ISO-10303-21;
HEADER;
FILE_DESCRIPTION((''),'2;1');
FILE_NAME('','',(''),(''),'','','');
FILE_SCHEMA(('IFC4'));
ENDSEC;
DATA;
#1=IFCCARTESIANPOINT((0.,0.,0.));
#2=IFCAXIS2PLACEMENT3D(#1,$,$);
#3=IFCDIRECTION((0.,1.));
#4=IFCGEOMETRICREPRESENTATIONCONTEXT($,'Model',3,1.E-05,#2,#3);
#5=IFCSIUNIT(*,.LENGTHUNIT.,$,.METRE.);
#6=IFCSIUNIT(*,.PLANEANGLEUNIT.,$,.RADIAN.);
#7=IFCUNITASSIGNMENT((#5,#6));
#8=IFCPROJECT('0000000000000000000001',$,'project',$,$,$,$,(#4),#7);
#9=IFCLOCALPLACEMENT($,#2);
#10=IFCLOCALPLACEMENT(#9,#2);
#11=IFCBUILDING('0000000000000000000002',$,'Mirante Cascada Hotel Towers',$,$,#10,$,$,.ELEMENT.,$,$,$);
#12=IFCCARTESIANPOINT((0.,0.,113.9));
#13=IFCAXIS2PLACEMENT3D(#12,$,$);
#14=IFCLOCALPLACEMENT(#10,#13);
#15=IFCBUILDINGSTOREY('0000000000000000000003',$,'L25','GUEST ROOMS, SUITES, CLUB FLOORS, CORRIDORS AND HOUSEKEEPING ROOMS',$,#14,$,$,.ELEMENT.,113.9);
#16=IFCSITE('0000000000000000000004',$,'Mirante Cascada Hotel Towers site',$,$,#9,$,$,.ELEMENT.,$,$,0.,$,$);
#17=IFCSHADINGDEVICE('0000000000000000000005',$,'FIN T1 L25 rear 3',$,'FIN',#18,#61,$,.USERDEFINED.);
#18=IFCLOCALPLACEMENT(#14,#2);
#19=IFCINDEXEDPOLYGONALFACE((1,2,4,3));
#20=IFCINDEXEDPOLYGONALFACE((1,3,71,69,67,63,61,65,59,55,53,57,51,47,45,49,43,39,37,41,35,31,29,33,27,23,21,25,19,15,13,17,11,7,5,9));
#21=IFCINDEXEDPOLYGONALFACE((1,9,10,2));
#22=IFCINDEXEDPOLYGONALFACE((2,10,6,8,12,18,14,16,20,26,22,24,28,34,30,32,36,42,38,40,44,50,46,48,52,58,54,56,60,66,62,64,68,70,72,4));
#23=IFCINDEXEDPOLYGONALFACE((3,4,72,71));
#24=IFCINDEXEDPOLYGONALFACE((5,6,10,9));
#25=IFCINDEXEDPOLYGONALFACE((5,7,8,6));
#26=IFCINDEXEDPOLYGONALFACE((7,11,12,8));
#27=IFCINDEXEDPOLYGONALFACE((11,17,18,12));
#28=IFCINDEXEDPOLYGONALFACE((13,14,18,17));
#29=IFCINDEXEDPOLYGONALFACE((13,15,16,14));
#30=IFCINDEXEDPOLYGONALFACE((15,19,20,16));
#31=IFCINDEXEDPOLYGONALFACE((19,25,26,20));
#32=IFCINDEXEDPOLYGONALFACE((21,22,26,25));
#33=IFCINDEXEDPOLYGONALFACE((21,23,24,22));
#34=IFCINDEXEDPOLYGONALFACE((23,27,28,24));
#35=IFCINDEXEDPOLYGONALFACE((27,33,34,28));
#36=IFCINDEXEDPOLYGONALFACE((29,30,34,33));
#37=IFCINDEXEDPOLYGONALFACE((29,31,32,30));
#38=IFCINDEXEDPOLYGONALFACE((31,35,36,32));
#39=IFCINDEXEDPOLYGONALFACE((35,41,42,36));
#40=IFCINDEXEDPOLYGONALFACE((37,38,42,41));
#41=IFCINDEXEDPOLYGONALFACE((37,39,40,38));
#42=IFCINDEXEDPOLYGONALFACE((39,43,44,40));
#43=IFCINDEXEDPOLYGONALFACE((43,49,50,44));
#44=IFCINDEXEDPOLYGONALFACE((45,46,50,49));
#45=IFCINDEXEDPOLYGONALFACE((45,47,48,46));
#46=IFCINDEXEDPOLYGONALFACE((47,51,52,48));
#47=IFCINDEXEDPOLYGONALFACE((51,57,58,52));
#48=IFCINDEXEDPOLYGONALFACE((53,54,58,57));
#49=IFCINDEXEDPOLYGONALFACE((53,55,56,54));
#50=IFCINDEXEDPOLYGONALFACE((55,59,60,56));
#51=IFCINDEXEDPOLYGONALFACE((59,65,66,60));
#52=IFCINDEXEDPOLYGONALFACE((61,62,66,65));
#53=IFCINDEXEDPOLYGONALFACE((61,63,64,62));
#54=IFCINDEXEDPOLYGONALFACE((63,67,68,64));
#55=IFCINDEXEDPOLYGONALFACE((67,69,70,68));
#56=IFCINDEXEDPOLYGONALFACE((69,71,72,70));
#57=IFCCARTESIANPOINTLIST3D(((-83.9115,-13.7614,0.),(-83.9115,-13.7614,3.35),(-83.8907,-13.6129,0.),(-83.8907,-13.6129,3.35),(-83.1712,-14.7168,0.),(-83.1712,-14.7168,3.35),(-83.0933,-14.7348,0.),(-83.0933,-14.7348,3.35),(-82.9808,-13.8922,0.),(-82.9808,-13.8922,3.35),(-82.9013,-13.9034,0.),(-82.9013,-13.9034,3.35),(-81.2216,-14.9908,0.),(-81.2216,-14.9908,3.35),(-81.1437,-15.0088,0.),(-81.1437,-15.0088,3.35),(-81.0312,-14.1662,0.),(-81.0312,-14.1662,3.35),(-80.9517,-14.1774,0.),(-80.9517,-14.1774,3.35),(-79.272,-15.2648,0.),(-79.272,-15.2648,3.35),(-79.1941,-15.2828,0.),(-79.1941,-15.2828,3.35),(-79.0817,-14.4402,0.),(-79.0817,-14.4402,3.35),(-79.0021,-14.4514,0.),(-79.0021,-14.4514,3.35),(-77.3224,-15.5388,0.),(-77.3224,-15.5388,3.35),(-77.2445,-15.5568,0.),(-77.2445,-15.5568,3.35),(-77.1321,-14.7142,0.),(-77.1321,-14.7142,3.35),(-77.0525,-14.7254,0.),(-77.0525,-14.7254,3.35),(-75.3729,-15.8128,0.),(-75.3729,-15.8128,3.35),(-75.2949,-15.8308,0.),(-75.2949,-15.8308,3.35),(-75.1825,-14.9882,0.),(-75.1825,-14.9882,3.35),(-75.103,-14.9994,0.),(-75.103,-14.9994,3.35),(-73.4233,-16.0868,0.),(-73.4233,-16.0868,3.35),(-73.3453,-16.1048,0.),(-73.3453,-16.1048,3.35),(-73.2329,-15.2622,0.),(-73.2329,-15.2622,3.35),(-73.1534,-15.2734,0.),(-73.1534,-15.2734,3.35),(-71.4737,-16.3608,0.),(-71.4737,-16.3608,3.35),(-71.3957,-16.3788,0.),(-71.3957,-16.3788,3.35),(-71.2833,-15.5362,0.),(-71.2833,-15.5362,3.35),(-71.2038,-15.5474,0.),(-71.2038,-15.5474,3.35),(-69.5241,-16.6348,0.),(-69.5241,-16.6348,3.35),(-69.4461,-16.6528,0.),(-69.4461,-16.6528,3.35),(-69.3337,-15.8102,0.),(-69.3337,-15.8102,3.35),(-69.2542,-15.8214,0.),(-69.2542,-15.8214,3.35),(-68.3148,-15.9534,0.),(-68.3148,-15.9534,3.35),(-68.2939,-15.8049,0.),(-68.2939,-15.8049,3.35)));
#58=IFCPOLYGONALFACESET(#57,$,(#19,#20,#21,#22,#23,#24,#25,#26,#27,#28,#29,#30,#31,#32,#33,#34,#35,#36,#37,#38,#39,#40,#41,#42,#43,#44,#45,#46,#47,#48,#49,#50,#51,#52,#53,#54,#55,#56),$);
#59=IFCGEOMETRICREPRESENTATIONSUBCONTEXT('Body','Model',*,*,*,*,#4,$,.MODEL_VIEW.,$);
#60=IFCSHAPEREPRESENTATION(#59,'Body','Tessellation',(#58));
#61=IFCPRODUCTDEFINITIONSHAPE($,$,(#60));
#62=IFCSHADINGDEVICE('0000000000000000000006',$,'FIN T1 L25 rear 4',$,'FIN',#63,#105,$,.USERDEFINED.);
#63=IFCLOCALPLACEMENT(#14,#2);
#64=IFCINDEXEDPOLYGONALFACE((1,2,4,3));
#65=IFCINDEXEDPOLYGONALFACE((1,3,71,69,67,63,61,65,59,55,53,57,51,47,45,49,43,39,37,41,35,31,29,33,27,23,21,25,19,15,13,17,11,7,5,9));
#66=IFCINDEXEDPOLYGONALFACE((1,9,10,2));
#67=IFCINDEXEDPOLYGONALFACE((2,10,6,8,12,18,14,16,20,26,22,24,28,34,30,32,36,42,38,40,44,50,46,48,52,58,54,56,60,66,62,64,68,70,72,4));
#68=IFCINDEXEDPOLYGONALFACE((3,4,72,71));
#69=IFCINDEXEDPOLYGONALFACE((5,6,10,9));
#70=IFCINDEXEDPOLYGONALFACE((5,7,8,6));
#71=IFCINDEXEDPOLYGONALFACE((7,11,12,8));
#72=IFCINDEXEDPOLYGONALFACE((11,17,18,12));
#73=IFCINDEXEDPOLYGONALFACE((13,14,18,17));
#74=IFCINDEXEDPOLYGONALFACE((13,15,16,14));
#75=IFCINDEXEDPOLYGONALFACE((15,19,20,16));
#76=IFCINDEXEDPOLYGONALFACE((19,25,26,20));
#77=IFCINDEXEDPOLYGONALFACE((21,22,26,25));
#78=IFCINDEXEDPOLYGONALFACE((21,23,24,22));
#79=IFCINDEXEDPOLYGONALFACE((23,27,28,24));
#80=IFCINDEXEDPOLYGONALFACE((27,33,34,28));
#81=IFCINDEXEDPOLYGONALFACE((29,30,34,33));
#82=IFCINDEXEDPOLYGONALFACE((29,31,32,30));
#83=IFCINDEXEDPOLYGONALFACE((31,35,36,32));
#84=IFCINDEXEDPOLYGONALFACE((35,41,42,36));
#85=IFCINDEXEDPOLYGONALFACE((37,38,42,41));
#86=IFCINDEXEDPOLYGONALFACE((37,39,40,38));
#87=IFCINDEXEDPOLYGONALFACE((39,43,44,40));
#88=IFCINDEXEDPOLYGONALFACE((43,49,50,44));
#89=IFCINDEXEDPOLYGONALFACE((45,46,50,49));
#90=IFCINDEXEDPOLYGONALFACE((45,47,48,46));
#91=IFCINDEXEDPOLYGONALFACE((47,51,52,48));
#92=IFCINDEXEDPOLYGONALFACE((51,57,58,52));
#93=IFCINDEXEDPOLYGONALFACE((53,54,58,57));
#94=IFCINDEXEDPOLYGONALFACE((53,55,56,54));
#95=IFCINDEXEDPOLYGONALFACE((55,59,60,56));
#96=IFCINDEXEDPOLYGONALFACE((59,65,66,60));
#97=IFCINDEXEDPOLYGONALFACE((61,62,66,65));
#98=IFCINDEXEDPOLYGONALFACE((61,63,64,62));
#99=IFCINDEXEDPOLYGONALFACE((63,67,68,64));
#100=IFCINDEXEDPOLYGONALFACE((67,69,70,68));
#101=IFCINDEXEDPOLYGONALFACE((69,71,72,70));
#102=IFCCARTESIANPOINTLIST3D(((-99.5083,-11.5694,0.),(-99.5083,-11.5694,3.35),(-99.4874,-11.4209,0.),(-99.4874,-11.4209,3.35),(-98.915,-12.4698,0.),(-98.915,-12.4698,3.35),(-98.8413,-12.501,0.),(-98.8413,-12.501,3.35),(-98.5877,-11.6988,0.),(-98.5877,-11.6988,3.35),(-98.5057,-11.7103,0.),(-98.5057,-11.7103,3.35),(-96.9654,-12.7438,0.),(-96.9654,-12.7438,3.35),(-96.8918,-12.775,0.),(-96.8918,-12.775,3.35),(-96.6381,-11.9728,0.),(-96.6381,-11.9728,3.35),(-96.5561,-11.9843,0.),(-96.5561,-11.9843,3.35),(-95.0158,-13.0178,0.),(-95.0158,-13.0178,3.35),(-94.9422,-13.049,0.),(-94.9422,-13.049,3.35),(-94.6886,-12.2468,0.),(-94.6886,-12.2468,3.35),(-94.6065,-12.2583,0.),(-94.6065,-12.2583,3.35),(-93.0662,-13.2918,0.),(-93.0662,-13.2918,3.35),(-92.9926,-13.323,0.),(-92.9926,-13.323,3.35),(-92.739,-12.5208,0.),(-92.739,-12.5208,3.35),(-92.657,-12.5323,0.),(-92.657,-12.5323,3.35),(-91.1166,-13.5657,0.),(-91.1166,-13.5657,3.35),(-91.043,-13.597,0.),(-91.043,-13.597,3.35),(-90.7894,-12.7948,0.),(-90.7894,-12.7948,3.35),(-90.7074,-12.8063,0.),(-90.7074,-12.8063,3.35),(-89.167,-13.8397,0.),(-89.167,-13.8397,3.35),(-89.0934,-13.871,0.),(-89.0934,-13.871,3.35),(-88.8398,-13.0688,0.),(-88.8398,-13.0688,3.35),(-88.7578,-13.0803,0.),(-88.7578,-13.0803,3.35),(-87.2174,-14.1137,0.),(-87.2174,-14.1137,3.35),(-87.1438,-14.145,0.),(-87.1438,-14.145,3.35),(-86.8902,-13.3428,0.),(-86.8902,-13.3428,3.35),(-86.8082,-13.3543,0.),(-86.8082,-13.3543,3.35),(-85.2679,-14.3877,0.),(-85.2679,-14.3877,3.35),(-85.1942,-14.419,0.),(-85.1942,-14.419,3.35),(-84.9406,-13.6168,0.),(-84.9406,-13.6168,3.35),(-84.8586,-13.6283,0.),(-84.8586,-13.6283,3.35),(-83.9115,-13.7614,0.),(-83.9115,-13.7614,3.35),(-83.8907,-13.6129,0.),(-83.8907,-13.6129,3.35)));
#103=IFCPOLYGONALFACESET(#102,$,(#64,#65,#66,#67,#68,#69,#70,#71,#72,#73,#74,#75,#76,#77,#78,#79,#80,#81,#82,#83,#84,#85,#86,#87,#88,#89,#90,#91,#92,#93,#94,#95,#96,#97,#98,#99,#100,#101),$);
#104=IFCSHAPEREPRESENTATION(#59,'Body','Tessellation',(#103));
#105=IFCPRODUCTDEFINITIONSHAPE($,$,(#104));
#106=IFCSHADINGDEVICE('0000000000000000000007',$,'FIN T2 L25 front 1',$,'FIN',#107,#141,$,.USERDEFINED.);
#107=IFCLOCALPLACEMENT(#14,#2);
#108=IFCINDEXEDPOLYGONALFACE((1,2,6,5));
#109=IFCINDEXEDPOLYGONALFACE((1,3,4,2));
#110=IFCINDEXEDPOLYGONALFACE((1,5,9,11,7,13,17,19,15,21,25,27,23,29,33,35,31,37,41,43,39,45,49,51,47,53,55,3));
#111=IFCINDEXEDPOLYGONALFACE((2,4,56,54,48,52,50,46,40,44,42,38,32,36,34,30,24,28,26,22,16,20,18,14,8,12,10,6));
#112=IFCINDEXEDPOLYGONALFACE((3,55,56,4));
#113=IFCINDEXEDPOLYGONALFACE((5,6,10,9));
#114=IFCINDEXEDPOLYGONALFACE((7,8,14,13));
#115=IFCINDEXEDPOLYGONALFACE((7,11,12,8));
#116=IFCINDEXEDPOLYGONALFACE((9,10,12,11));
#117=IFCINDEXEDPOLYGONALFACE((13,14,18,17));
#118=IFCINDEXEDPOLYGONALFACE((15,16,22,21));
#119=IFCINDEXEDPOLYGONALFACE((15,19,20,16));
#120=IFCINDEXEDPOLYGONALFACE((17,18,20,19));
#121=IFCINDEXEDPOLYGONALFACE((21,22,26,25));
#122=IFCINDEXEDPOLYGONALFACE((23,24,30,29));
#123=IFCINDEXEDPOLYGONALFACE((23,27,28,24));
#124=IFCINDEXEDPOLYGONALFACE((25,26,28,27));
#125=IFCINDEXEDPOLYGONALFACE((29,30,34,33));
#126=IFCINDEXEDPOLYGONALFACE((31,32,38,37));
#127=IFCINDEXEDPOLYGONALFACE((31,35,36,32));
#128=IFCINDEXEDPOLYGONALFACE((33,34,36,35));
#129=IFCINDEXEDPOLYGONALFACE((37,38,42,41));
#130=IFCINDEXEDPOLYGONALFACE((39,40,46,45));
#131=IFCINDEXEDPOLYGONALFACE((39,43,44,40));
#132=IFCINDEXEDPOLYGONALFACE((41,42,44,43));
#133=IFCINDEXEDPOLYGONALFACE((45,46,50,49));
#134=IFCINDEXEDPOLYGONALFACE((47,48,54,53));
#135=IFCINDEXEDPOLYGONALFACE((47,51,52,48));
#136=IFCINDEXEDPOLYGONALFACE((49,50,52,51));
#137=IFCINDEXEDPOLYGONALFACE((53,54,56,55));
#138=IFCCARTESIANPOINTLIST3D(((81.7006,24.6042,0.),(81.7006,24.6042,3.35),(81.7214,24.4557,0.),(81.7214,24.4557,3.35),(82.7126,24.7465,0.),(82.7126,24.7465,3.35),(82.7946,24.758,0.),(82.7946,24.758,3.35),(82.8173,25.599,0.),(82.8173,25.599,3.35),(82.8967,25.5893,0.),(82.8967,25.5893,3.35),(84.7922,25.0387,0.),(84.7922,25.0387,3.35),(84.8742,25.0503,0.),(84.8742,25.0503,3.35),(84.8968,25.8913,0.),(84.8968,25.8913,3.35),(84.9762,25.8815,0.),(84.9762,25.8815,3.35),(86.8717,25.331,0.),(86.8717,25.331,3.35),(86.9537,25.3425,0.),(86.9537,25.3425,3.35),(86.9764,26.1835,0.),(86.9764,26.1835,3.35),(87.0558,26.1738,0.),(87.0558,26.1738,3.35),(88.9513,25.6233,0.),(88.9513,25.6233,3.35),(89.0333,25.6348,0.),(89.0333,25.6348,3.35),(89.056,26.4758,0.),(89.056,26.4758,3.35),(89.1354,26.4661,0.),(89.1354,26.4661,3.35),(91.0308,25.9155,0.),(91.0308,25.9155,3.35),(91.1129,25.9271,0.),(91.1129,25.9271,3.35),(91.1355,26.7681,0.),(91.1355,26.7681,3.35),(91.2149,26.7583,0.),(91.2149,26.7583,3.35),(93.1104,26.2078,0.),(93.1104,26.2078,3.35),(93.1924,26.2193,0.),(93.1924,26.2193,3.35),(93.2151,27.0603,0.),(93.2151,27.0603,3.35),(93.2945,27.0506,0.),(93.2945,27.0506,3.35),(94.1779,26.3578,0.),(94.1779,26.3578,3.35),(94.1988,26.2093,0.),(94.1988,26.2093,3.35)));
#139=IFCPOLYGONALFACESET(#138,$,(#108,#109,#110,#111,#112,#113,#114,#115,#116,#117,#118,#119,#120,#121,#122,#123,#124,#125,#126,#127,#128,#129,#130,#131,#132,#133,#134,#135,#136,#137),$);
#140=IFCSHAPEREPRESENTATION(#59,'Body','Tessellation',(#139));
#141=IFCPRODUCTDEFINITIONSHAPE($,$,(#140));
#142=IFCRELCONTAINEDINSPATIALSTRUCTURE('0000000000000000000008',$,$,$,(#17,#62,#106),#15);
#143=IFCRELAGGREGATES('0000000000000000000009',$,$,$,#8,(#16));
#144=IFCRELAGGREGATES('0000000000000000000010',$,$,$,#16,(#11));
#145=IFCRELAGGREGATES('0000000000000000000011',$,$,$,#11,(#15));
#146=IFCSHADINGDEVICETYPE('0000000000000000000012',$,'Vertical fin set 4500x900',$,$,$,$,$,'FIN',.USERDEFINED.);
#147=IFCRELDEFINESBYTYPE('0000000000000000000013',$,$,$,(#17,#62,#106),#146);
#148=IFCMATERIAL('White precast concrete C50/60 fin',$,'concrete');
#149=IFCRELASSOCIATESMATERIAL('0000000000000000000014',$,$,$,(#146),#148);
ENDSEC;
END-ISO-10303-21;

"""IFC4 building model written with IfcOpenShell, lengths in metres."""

from ifc_helpers import new_model, si_unit, direction, frame, origin, place, context, subcontext, project, spatial, polyline, outline, extrude, material, type_object, element, save


model = new_model("IFC4")

# Units and contexts
model_context = context("Model", 3, precision=1e-05, world=origin(), true_north=direction((0.0, 1.0)))
body_context = subcontext(model_context, "Body", "Model", "MODEL_VIEW")
ifc_project = project(units=[si_unit("LENGTHUNIT", "METRE"), si_unit("PLANEANGLEUNIT", "RADIAN")], contexts=[model_context])

# Site, building, storey
site_placement = place(None, origin())
site = spatial("IfcSite", under=ifc_project, at=site_placement, Name="Mirante Cascada Hotel Towers site", CompositionType="ELEMENT", RefElevation=0.0)
building_placement = place(site_placement, origin())
building = spatial("IfcBuilding", under=site, at=building_placement, Name="Mirante Cascada Hotel Towers", CompositionType="ELEMENT")
storey_placement = place(building_placement, frame((0.0, 0.0, 113.9)))
storey = spatial("IfcBuildingStorey", under=building, at=storey_placement, Name="L25", Description="GUEST ROOMS, SUITES, CLUB FLOORS, CORRIDORS AND HOUSEKEEPING ROOMS", CompositionType="ELEMENT", Elevation=113.9)

# Shading devices
ifc_material_1 = material(Name="White precast concrete C50/60 fin", Category="concrete")
shading_device_type = type_object("IfcShadingDeviceType", Name="Vertical fin set 4500x900", ElementType="FIN", PredefinedType="USERDEFINED", material=ifc_material_1)
shading_device_1_placement = place(storey_placement, origin())
element("IfcShadingDevice", 1, at=shading_device_1_placement, inside=storey, type_object=shading_device_type, Name="FIN T1 L25 rear 3", ObjectType="FIN", PredefinedType="USERDEFINED", context=body_context, shape_type="SweptSolid", body=[
    extrude(outline(polyline([(-69.3337, -15.8102), (-71.2038, -15.5474), (-71.3957, -16.3788), (-71.4737, -16.3608), (-71.2833, -15.5362), (-73.1534, -15.2734), (-73.3453, -16.1048), (-73.4233, -16.0868), (-73.2329, -15.2622), (-75.103, -14.9994), (-75.2949, -15.8308), (-75.3729, -15.8128), (-75.1825, -14.9882), (-77.0525, -14.7254), (-77.2445, -15.5568), (-77.3224, -15.5388), (-77.1321, -14.7142), (-79.0021, -14.4514), (-79.1941, -15.2828), (-79.272, -15.2648), (-79.0817, -14.4402), (-80.9517, -14.1774), (-81.1437, -15.0088), (-81.2216, -14.9908), (-81.0312, -14.1662), (-82.9013, -13.9034), (-83.0933, -14.7348), (-83.1712, -14.7168), (-82.9808, -13.8922), (-83.9115, -13.7614), (-83.8907, -13.6129), (-68.2939, -15.8049), (-68.3148, -15.9534), (-69.2542, -15.8214), (-69.4461, -16.6528), (-69.5241, -16.6348), (-69.3337, -15.8102)])), origin(), (0.0, 0.0, 1.0), 3.35),
])
shading_device_2_placement = place(storey_placement, origin())
element("IfcShadingDevice", 2, at=shading_device_2_placement, inside=storey, type_object=shading_device_type, Name="FIN T1 L25 rear 4", ObjectType="FIN", PredefinedType="USERDEFINED", context=body_context, shape_type="SweptSolid", body=[
    extrude(outline(polyline([(-84.9406, -13.6168), (-86.8082, -13.3543), (-87.1438, -14.145), (-87.2174, -14.1137), (-86.8902, -13.3428), (-88.7578, -13.0803), (-89.0934, -13.871), (-89.167, -13.8397), (-88.8398, -13.0688), (-90.7074, -12.8063), (-91.043, -13.597), (-91.1166, -13.5657), (-90.7894, -12.7948), (-92.657, -12.5323), (-92.9926, -13.323), (-93.0662, -13.2918), (-92.739, -12.5208), (-94.6065, -12.2583), (-94.9422, -13.049), (-95.0158, -13.0178), (-94.6886, -12.2468), (-96.5561, -11.9843), (-96.8918, -12.775), (-96.9654, -12.7438), (-96.6381, -11.9728), (-98.5057, -11.7103), (-98.8413, -12.501), (-98.915, -12.4698), (-98.5877, -11.6988), (-99.5083, -11.5694), (-99.4874, -11.4209), (-83.8907, -13.6129), (-83.9115, -13.7614), (-84.8586, -13.6283), (-85.1942, -14.419), (-85.2679, -14.3877), (-84.9406, -13.6168)])), origin(), (0.0, 0.0, 1.0), 3.35),
])
shading_device_3_placement = place(storey_placement, origin())
element("IfcShadingDevice", 3, at=shading_device_3_placement, inside=storey, type_object=shading_device_type, Name="FIN T2 L25 front 1", ObjectType="FIN", PredefinedType="USERDEFINED", context=body_context, shape_type="SweptSolid", body=[
    extrude(outline(polyline([(82.8967, 25.5893), (82.7946, 24.758), (84.7922, 25.0387), (84.8968, 25.8913), (84.9762, 25.8815), (84.8742, 25.0503), (86.8717, 25.331), (86.9764, 26.1835), (87.0558, 26.1738), (86.9537, 25.3425), (88.9513, 25.6233), (89.056, 26.4758), (89.1354, 26.4661), (89.0333, 25.6348), (91.0308, 25.9155), (91.1355, 26.7681), (91.2149, 26.7583), (91.1129, 25.9271), (93.1104, 26.2078), (93.2151, 27.0603), (93.2945, 27.0506), (93.1924, 26.2193), (94.1779, 26.3578), (94.1988, 26.2093), (81.7214, 24.4557), (81.7006, 24.6042), (82.7126, 24.7465), (82.8173, 25.599), (82.8967, 25.5893)])), origin(), (0.0, 0.0, 1.0), 3.35),
])

save(model, "model.ifc")
